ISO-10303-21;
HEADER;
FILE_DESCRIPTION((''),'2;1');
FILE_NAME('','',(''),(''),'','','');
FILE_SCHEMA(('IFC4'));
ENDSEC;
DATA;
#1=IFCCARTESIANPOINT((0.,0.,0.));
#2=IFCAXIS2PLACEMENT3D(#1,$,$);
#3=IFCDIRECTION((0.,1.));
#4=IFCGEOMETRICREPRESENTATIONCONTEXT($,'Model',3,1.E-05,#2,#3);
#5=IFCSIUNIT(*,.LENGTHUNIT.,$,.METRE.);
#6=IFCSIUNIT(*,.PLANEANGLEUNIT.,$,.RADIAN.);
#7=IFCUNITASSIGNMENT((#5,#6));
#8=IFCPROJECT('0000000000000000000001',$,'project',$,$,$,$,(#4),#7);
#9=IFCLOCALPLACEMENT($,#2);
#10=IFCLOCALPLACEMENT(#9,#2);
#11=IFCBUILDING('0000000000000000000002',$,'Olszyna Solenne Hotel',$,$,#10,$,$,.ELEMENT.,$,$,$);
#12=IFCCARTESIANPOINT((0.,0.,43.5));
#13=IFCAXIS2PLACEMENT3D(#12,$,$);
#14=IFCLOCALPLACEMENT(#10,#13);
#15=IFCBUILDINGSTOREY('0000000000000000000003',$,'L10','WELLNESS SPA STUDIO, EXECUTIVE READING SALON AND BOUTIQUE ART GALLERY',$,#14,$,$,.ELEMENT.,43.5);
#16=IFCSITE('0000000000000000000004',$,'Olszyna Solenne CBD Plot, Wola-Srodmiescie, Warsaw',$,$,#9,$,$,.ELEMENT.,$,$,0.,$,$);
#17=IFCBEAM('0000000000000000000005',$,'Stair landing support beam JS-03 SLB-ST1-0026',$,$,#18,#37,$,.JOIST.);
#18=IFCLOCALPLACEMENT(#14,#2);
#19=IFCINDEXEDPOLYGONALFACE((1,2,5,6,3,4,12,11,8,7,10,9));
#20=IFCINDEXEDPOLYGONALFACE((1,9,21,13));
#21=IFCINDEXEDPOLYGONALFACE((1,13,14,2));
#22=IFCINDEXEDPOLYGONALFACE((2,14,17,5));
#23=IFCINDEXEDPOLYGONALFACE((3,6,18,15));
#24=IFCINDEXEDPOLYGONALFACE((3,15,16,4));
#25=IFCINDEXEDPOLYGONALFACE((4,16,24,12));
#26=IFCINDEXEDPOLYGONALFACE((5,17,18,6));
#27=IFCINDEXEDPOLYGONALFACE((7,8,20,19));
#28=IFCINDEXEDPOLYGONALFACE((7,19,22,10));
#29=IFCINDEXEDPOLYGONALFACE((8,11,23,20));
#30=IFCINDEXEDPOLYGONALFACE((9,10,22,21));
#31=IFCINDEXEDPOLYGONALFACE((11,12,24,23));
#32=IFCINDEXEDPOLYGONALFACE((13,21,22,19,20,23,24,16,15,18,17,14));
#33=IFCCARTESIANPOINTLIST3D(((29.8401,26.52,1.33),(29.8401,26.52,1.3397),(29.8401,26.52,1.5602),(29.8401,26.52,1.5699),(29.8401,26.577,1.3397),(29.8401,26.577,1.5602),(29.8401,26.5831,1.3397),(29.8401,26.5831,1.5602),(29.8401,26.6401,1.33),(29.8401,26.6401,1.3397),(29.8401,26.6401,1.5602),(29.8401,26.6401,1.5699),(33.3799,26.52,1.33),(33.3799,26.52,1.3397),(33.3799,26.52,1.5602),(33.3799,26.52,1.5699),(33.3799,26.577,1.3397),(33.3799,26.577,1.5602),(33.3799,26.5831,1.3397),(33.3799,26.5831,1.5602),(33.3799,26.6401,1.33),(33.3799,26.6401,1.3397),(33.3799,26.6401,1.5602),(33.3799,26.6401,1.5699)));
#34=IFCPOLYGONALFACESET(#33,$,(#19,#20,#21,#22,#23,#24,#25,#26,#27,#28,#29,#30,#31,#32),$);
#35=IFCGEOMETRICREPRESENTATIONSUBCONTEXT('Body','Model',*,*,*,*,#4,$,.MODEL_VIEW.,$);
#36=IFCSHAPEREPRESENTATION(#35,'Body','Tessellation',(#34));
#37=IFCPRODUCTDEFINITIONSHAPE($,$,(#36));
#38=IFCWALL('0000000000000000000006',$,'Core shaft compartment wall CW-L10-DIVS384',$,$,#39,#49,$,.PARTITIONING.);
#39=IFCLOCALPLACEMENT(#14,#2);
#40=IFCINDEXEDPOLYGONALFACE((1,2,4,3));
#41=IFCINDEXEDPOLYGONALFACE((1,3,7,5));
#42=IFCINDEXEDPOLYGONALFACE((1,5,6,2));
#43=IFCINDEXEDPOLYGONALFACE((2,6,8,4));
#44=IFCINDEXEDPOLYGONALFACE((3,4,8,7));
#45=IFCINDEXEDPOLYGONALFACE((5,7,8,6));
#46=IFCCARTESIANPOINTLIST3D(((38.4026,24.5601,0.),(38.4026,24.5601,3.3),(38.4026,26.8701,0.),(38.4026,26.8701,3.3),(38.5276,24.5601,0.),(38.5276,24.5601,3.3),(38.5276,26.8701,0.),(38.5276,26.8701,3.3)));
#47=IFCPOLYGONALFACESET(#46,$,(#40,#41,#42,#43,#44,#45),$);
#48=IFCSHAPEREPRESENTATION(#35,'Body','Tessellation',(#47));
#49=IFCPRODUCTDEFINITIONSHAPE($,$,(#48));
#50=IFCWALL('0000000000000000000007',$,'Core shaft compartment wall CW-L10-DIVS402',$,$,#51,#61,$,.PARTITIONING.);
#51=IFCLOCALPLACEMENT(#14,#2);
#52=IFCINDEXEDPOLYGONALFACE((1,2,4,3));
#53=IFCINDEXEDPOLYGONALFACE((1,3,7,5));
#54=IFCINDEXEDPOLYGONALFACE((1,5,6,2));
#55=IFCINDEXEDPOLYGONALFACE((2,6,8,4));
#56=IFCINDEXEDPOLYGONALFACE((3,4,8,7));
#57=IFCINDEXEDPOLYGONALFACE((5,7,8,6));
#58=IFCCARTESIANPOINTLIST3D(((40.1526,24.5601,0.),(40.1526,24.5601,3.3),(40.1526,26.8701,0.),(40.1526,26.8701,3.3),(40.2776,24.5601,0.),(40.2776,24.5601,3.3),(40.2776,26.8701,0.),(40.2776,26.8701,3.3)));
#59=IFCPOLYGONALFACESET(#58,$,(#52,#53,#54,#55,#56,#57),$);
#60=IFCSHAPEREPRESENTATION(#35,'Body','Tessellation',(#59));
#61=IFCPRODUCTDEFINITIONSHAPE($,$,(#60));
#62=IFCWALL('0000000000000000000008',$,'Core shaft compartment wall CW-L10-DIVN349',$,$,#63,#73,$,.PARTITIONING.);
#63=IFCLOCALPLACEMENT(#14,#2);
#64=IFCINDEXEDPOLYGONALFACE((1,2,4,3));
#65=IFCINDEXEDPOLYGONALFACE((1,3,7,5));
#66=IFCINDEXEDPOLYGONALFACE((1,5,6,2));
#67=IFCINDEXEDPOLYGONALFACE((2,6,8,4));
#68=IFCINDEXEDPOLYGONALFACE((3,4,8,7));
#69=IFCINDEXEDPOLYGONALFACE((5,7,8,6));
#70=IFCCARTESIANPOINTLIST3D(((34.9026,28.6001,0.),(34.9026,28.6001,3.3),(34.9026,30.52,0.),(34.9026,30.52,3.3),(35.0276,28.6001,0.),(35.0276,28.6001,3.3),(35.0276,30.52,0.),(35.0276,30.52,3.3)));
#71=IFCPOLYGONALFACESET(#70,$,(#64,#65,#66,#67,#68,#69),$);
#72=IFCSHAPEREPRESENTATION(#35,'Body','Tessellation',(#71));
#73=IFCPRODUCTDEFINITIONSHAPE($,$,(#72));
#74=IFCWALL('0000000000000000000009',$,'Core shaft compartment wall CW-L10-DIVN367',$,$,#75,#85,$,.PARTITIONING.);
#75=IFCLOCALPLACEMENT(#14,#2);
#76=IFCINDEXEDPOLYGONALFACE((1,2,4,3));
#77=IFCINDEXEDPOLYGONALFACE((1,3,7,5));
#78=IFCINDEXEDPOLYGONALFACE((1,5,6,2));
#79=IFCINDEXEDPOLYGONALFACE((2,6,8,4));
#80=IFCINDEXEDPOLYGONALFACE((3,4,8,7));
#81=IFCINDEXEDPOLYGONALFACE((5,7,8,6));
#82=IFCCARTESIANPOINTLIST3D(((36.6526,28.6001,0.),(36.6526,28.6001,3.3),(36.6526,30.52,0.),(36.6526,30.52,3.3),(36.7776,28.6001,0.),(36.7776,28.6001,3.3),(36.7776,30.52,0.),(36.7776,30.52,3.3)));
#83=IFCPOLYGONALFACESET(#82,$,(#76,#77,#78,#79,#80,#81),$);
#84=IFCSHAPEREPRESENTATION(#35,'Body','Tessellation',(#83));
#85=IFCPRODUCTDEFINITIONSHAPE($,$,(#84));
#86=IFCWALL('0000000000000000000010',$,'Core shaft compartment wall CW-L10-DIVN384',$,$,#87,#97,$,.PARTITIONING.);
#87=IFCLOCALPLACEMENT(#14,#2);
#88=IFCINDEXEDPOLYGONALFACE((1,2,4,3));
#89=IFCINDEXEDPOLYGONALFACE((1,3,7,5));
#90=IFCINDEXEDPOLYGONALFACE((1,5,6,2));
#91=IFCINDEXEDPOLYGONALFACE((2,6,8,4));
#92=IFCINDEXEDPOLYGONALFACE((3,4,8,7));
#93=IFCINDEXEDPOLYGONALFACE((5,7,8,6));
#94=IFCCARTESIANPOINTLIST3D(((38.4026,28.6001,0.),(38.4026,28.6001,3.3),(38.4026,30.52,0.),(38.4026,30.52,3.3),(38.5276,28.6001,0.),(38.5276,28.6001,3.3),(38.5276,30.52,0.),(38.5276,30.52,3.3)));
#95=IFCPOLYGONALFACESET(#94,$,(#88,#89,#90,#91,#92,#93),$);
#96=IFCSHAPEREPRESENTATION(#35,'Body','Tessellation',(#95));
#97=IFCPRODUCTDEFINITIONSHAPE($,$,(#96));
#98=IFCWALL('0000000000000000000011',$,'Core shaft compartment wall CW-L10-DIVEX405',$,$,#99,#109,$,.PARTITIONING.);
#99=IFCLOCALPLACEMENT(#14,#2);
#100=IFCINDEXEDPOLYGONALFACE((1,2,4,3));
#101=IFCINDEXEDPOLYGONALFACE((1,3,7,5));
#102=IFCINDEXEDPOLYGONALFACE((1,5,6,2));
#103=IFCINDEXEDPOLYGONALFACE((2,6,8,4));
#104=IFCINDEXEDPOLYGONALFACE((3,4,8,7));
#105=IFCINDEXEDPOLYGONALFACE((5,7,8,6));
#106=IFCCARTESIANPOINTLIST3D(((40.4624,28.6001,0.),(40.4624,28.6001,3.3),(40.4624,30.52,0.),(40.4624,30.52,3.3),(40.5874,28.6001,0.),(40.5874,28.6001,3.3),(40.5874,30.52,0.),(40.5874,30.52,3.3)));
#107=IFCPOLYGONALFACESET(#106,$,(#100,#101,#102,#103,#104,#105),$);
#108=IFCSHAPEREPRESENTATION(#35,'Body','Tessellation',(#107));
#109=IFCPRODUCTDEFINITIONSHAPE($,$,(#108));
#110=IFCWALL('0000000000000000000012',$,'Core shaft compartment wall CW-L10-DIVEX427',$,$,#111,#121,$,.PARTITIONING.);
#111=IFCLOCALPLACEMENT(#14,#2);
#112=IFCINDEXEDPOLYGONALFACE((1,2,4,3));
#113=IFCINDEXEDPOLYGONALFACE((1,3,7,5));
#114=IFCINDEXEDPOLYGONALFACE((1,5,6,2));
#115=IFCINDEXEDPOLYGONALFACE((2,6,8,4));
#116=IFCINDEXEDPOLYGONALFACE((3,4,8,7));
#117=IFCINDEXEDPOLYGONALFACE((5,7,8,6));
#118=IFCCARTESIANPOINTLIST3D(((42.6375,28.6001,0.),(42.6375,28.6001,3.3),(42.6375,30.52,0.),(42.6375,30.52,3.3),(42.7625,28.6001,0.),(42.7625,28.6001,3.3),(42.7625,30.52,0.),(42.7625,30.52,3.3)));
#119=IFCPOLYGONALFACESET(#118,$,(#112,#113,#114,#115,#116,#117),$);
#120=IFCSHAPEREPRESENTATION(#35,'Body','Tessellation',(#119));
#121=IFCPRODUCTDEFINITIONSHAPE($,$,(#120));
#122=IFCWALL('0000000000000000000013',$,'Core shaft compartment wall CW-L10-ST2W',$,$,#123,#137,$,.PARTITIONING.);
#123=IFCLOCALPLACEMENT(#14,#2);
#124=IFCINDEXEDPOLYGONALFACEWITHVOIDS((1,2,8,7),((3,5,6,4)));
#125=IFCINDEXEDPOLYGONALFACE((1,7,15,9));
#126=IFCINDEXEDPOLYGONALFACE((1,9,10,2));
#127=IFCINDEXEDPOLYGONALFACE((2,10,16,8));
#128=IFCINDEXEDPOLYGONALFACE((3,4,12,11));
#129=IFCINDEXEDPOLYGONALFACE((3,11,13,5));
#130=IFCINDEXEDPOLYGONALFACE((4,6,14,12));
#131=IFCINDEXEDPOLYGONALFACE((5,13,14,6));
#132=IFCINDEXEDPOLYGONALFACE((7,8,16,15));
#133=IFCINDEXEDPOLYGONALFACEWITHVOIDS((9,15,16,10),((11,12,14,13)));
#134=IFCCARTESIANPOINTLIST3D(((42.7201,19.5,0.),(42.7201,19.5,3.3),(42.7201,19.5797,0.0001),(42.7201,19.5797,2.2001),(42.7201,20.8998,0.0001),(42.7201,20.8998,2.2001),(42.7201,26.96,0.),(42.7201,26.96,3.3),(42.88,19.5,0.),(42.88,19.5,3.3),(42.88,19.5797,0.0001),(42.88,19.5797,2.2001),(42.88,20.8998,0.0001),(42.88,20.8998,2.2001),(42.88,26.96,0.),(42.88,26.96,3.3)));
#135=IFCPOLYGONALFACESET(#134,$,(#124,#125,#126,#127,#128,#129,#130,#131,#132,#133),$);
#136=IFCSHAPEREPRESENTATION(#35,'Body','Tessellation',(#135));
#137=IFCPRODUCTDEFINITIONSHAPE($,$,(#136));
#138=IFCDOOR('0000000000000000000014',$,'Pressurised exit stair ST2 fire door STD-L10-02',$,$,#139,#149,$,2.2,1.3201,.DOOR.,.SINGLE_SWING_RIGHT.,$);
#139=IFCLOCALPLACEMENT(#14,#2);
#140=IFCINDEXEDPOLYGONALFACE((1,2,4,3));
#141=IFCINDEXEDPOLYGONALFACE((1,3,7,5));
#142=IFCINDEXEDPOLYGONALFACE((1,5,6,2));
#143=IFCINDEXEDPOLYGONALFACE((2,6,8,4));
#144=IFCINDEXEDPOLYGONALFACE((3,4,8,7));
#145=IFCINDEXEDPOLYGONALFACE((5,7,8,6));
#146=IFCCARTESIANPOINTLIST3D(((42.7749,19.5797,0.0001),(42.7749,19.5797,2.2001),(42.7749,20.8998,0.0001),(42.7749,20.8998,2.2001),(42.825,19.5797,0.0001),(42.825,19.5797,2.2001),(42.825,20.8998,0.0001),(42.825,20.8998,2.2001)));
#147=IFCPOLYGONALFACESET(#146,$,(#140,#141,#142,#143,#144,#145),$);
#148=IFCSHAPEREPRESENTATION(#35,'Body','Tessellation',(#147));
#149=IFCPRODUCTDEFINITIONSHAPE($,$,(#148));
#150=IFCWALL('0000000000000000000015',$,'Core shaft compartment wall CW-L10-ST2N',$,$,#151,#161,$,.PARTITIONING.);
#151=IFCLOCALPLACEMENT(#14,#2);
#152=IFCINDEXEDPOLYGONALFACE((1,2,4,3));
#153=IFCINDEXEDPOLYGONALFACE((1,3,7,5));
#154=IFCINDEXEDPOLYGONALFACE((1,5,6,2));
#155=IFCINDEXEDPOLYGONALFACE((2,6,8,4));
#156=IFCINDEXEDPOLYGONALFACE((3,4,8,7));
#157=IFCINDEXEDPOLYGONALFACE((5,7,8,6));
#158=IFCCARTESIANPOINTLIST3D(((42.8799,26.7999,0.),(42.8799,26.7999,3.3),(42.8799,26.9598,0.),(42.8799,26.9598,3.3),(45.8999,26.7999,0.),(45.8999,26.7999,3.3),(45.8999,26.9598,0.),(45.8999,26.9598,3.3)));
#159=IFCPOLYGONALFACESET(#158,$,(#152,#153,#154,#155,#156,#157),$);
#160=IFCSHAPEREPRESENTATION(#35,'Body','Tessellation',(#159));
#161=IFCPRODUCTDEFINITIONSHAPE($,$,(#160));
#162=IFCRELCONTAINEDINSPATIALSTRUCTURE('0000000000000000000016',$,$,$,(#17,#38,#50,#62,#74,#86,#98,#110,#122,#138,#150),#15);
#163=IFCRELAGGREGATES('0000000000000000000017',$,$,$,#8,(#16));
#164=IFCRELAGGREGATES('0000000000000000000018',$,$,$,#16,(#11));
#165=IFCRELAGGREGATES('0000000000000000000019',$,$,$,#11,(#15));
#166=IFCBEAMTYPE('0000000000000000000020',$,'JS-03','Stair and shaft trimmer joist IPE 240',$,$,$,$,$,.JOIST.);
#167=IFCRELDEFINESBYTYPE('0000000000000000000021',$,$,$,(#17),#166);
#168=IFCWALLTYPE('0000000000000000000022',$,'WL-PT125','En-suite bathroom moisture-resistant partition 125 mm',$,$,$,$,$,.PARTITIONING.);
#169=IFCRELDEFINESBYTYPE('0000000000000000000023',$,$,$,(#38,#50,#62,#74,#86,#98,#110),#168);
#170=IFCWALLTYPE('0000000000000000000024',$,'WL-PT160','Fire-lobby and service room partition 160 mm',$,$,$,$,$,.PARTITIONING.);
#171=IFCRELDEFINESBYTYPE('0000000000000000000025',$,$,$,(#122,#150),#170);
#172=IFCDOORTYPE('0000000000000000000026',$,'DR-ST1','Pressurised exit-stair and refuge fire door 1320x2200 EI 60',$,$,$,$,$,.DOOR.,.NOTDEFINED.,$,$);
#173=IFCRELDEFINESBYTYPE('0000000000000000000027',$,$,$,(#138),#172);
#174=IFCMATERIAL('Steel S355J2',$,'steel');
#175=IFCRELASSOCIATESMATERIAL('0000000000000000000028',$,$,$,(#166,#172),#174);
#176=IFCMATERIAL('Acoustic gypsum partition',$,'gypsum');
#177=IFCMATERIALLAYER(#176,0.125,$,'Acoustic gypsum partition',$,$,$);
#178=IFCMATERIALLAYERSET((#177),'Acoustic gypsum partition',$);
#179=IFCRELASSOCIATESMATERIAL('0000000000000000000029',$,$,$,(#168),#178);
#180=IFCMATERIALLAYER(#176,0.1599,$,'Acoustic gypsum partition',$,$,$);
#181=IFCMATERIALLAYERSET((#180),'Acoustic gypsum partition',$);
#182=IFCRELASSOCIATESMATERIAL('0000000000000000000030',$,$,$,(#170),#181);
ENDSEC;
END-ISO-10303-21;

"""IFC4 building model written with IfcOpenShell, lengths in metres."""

from ifc_helpers import new_model, si_unit, direction, frame, frame_2d, origin, origin_2d, place, context, subcontext, project, spatial, rectangle, i_section, extrude, source, transform, mapped, material, layer, layer_set, material_profile, profile_set, type_object, type_shapes, element, fill, save


model = new_model("IFC4")

# Units and contexts
model_context = context("Model", 3, precision=1e-05, world=origin(), true_north=direction((0.0, 1.0)))
body_context = subcontext(model_context, "Body", "Model", "MODEL_VIEW")
ifc_project = project(units=[si_unit("LENGTHUNIT", "METRE"), si_unit("PLANEANGLEUNIT", "RADIAN")], contexts=[model_context])

# Site, building, storey
site_placement = place(None, origin())
site = spatial("IfcSite", under=ifc_project, at=site_placement, Name="Olszyna Solenne CBD Plot, Wola-Srodmiescie, Warsaw", CompositionType="ELEMENT", RefElevation=0.0)
building_placement = place(site_placement, origin())
building = spatial("IfcBuilding", under=site, at=building_placement, Name="Olszyna Solenne Hotel", CompositionType="ELEMENT")
storey_placement = place(building_placement, frame((0.0, 0.0, 43.5)))
storey = spatial("IfcBuildingStorey", under=building, at=storey_placement, Name="L10", Description="WELLNESS SPA STUDIO, EXECUTIVE READING SALON AND BOUTIQUE ART GALLERY", CompositionType="ELEMENT", Elevation=43.5)

# Beam
ifc_material_1 = material(Name="Steel S355J2", Category="steel")
ifc_material_profile = material_profile(ifc_material_1, i_section(OverallWidth=0.1201, OverallDepth=0.24, WebThickness=0.0061, FlangeThickness=0.0098, at=origin_2d()), Name="IPE 240", Category="load-bearing")
ifc_profile_set = profile_set([ifc_material_profile], Name="Steel S355J2")
beam_type = type_object("IfcBeamType", Name="JS-03", Description="Stair and shaft trimmer joist IPE 240", PredefinedType="JOIST", material=ifc_profile_set)
shared_shape_1 = source(origin(), body_context, "Body", "SweptSolid", [
    extrude(i_section(OverallWidth=0.1201, OverallDepth=0.24, WebThickness=0.0061, FlangeThickness=0.0098, at=origin_2d()), origin(), (0.0, 0.0, 1.0), 3.5398),
])
beam_placement = place(storey_placement, frame((33.3799, 26.5801, 1.45), z_axis=(-1.0, 0.0, 0.0), x_axis=(0.0, -1.0, 0.0)))
element("IfcBeam", 1, at=beam_placement, inside=storey, type_object=beam_type, Name="Stair landing support beam JS-03 SLB-ST1-0026", PredefinedType="JOIST", context=body_context, shape_type="MappedRepresentation", body=[
    mapped(shared_shape_1, transform((0.0, 0.0, 0.0), x_axis=(1.0, 0.0, 0.0), y_axis=(0.0, 1.0, 0.0), z_axis=(0.0, 0.0, 1.0), scale=1.0)),
])

# Walls
ifc_material_2 = material(Name="Acoustic gypsum partition", Category="gypsum")
ifc_layer_1 = layer(ifc_material_2, 0.125, Name="Acoustic gypsum partition")
ifc_layer_set_1 = layer_set([ifc_layer_1], Name="Acoustic gypsum partition")
wall_type_1 = type_object("IfcWallType", Name="WL-PT125", Description="En-suite bathroom moisture-resistant partition 125 mm", PredefinedType="PARTITIONING", material=ifc_layer_set_1)
for number, where, z_axis, x_axis, name in (
    (2, (38.4651, 24.5601, 0.0), (0.0, 0.0, 1.0), (0.0, 1.0, 0.0), "Core shaft compartment wall CW-L10-DIVS384"),
    (3, (40.2151, 24.5601, 0.0), (0.0, 0.0, 1.0), (0.0, 1.0, 0.0), "Core shaft compartment wall CW-L10-DIVS402"),
):
    element("IfcWall", number, at=place(storey_placement, frame(where, z_axis=z_axis, x_axis=x_axis)), inside=storey, type_object=wall_type_1, Name=name, PredefinedType="PARTITIONING", context=body_context, shape_type="SweptSolid", body=[
        extrude(rectangle(XDim=2.3101, YDim=0.125, at=frame_2d((1.155, 0.0))), origin(), (0.0, 0.0, 1.0), 3.3),
    ])
for number, where, z_axis, x_axis, name in (
    (4, (34.9651, 28.6001, 0.0), (0.0, 0.0, 1.0), (0.0, 1.0, 0.0), "Core shaft compartment wall CW-L10-DIVN349"),
    (5, (36.7151, 28.6001, 0.0), (0.0, 0.0, 1.0), (0.0, 1.0, 0.0), "Core shaft compartment wall CW-L10-DIVN367"),
    (6, (38.4651, 28.6001, 0.0), (0.0, 0.0, 1.0), (0.0, 1.0, 0.0), "Core shaft compartment wall CW-L10-DIVN384"),
    (7, (40.5249, 28.6001, 0.0), (0.0, 0.0, 1.0), (0.0, 1.0, 0.0), "Core shaft compartment wall CW-L10-DIVEX405"),
    (8, (42.7, 28.6001, 0.0), (0.0, 0.0, 1.0), (0.0, 1.0, 0.0), "Core shaft compartment wall CW-L10-DIVEX427"),
):
    element("IfcWall", number, at=place(storey_placement, frame(where, z_axis=z_axis, x_axis=x_axis)), inside=storey, type_object=wall_type_1, Name=name, PredefinedType="PARTITIONING", context=body_context, shape_type="SweptSolid", body=[
        extrude(rectangle(XDim=1.9199, YDim=0.125, at=frame_2d((0.96, 0.0))), origin(), (0.0, 0.0, 1.0), 3.3),
    ])

# Wall, opening, door
ifc_layer_2 = layer(ifc_material_2, 0.1599, Name="Acoustic gypsum partition")
ifc_layer_set_2 = layer_set([ifc_layer_2], Name="Acoustic gypsum partition")
wall_type_2 = type_object("IfcWallType", Name="WL-PT160", Description="Fire-lobby and service room partition 160 mm", PredefinedType="PARTITIONING", material=ifc_layer_set_2)
wall_1_placement = place(storey_placement, frame((42.8, 26.96, 0.0), z_axis=(0.0, 0.0, 1.0), x_axis=(0.0, -1.0, 0.0)))
wall_1 = element("IfcWall", 9, at=wall_1_placement, inside=storey, type_object=wall_type_2, Name="Core shaft compartment wall CW-L10-ST2W", PredefinedType="PARTITIONING", context=body_context, shape_type="SweptSolid", body=[
    extrude(rectangle(XDim=7.46, YDim=0.1599, at=frame_2d((3.73, 0.0))), origin(), (0.0, 0.0, 1.0), 3.3),
])
opening_1_placement = place(wall_1_placement, frame((6.0601, 0.0, 0.0)))
opening_1 = element("IfcOpeningElement", 10, at=opening_1_placement, cuts=wall_1, PredefinedType="OPENING", context=body_context, shape_type="SweptSolid", body=[
    extrude(rectangle(XDim=1.3201, YDim=2.2, at=frame_2d((0.6602, 1.1001))), frame((0.0, 0.0898, 0.0), z_axis=(0.0, -1.0, 0.0), x_axis=(1.0, 0.0, 0.0)), (0.0, 0.0, 1.0), 0.1799),
])
door_type_1 = type_object("IfcDoorType", Name="DR-ST1", Description="Pressurised exit-stair and refuge fire door 1320x2200 EI 60", OperationType="NOTDEFINED", PredefinedType="DOOR", material=ifc_material_1)
shared_shape_2 = source(origin(), body_context, "Body", "SweptSolid", [
    extrude(rectangle(XDim=1.3201, YDim=2.2, at=frame_2d((0.6602, 1.1001))), frame((0.0, 0.0249, 0.0), z_axis=(0.0, -1.0, 0.0), x_axis=(1.0, 0.0, 0.0)), (0.0, 0.0, 1.0), 0.05),
])
type_shapes(door_type_1, [shared_shape_2])
door_1_placement = place(opening_1_placement, origin())
door_1 = element("IfcDoor", 11, at=door_1_placement, inside=storey, type_object=door_type_1, Name="Pressurised exit stair ST2 fire door STD-L10-02", OperationType="SINGLE_SWING_RIGHT", OverallHeight=2.2, OverallWidth=1.3201, PredefinedType="DOOR", context=body_context, shape_type="MappedRepresentation", body=[
    mapped(shared_shape_2, transform((0.0, 0.0, 0.0), x_axis=(1.0, 0.0, 0.0), y_axis=(0.0, 1.0, 0.0), z_axis=(0.0, 0.0, 1.0), scale=1.0)),
])
fill(opening_1, door_1)

# Wall
wall_2_placement = place(storey_placement, frame((42.8799, 26.8799, 0.0), z_axis=(0.0, 0.0, 1.0), x_axis=(1.0, 0.0, 0.0)))
element("IfcWall", 12, at=wall_2_placement, inside=storey, type_object=wall_type_2, Name="Core shaft compartment wall CW-L10-ST2N", PredefinedType="PARTITIONING", context=body_context, shape_type="SweptSolid", body=[
    extrude(rectangle(XDim=3.02, YDim=0.1599, at=frame_2d((1.51, 0.0))), origin(), (0.0, 0.0, 1.0), 3.3),
])

save(model, "model.ifc")
